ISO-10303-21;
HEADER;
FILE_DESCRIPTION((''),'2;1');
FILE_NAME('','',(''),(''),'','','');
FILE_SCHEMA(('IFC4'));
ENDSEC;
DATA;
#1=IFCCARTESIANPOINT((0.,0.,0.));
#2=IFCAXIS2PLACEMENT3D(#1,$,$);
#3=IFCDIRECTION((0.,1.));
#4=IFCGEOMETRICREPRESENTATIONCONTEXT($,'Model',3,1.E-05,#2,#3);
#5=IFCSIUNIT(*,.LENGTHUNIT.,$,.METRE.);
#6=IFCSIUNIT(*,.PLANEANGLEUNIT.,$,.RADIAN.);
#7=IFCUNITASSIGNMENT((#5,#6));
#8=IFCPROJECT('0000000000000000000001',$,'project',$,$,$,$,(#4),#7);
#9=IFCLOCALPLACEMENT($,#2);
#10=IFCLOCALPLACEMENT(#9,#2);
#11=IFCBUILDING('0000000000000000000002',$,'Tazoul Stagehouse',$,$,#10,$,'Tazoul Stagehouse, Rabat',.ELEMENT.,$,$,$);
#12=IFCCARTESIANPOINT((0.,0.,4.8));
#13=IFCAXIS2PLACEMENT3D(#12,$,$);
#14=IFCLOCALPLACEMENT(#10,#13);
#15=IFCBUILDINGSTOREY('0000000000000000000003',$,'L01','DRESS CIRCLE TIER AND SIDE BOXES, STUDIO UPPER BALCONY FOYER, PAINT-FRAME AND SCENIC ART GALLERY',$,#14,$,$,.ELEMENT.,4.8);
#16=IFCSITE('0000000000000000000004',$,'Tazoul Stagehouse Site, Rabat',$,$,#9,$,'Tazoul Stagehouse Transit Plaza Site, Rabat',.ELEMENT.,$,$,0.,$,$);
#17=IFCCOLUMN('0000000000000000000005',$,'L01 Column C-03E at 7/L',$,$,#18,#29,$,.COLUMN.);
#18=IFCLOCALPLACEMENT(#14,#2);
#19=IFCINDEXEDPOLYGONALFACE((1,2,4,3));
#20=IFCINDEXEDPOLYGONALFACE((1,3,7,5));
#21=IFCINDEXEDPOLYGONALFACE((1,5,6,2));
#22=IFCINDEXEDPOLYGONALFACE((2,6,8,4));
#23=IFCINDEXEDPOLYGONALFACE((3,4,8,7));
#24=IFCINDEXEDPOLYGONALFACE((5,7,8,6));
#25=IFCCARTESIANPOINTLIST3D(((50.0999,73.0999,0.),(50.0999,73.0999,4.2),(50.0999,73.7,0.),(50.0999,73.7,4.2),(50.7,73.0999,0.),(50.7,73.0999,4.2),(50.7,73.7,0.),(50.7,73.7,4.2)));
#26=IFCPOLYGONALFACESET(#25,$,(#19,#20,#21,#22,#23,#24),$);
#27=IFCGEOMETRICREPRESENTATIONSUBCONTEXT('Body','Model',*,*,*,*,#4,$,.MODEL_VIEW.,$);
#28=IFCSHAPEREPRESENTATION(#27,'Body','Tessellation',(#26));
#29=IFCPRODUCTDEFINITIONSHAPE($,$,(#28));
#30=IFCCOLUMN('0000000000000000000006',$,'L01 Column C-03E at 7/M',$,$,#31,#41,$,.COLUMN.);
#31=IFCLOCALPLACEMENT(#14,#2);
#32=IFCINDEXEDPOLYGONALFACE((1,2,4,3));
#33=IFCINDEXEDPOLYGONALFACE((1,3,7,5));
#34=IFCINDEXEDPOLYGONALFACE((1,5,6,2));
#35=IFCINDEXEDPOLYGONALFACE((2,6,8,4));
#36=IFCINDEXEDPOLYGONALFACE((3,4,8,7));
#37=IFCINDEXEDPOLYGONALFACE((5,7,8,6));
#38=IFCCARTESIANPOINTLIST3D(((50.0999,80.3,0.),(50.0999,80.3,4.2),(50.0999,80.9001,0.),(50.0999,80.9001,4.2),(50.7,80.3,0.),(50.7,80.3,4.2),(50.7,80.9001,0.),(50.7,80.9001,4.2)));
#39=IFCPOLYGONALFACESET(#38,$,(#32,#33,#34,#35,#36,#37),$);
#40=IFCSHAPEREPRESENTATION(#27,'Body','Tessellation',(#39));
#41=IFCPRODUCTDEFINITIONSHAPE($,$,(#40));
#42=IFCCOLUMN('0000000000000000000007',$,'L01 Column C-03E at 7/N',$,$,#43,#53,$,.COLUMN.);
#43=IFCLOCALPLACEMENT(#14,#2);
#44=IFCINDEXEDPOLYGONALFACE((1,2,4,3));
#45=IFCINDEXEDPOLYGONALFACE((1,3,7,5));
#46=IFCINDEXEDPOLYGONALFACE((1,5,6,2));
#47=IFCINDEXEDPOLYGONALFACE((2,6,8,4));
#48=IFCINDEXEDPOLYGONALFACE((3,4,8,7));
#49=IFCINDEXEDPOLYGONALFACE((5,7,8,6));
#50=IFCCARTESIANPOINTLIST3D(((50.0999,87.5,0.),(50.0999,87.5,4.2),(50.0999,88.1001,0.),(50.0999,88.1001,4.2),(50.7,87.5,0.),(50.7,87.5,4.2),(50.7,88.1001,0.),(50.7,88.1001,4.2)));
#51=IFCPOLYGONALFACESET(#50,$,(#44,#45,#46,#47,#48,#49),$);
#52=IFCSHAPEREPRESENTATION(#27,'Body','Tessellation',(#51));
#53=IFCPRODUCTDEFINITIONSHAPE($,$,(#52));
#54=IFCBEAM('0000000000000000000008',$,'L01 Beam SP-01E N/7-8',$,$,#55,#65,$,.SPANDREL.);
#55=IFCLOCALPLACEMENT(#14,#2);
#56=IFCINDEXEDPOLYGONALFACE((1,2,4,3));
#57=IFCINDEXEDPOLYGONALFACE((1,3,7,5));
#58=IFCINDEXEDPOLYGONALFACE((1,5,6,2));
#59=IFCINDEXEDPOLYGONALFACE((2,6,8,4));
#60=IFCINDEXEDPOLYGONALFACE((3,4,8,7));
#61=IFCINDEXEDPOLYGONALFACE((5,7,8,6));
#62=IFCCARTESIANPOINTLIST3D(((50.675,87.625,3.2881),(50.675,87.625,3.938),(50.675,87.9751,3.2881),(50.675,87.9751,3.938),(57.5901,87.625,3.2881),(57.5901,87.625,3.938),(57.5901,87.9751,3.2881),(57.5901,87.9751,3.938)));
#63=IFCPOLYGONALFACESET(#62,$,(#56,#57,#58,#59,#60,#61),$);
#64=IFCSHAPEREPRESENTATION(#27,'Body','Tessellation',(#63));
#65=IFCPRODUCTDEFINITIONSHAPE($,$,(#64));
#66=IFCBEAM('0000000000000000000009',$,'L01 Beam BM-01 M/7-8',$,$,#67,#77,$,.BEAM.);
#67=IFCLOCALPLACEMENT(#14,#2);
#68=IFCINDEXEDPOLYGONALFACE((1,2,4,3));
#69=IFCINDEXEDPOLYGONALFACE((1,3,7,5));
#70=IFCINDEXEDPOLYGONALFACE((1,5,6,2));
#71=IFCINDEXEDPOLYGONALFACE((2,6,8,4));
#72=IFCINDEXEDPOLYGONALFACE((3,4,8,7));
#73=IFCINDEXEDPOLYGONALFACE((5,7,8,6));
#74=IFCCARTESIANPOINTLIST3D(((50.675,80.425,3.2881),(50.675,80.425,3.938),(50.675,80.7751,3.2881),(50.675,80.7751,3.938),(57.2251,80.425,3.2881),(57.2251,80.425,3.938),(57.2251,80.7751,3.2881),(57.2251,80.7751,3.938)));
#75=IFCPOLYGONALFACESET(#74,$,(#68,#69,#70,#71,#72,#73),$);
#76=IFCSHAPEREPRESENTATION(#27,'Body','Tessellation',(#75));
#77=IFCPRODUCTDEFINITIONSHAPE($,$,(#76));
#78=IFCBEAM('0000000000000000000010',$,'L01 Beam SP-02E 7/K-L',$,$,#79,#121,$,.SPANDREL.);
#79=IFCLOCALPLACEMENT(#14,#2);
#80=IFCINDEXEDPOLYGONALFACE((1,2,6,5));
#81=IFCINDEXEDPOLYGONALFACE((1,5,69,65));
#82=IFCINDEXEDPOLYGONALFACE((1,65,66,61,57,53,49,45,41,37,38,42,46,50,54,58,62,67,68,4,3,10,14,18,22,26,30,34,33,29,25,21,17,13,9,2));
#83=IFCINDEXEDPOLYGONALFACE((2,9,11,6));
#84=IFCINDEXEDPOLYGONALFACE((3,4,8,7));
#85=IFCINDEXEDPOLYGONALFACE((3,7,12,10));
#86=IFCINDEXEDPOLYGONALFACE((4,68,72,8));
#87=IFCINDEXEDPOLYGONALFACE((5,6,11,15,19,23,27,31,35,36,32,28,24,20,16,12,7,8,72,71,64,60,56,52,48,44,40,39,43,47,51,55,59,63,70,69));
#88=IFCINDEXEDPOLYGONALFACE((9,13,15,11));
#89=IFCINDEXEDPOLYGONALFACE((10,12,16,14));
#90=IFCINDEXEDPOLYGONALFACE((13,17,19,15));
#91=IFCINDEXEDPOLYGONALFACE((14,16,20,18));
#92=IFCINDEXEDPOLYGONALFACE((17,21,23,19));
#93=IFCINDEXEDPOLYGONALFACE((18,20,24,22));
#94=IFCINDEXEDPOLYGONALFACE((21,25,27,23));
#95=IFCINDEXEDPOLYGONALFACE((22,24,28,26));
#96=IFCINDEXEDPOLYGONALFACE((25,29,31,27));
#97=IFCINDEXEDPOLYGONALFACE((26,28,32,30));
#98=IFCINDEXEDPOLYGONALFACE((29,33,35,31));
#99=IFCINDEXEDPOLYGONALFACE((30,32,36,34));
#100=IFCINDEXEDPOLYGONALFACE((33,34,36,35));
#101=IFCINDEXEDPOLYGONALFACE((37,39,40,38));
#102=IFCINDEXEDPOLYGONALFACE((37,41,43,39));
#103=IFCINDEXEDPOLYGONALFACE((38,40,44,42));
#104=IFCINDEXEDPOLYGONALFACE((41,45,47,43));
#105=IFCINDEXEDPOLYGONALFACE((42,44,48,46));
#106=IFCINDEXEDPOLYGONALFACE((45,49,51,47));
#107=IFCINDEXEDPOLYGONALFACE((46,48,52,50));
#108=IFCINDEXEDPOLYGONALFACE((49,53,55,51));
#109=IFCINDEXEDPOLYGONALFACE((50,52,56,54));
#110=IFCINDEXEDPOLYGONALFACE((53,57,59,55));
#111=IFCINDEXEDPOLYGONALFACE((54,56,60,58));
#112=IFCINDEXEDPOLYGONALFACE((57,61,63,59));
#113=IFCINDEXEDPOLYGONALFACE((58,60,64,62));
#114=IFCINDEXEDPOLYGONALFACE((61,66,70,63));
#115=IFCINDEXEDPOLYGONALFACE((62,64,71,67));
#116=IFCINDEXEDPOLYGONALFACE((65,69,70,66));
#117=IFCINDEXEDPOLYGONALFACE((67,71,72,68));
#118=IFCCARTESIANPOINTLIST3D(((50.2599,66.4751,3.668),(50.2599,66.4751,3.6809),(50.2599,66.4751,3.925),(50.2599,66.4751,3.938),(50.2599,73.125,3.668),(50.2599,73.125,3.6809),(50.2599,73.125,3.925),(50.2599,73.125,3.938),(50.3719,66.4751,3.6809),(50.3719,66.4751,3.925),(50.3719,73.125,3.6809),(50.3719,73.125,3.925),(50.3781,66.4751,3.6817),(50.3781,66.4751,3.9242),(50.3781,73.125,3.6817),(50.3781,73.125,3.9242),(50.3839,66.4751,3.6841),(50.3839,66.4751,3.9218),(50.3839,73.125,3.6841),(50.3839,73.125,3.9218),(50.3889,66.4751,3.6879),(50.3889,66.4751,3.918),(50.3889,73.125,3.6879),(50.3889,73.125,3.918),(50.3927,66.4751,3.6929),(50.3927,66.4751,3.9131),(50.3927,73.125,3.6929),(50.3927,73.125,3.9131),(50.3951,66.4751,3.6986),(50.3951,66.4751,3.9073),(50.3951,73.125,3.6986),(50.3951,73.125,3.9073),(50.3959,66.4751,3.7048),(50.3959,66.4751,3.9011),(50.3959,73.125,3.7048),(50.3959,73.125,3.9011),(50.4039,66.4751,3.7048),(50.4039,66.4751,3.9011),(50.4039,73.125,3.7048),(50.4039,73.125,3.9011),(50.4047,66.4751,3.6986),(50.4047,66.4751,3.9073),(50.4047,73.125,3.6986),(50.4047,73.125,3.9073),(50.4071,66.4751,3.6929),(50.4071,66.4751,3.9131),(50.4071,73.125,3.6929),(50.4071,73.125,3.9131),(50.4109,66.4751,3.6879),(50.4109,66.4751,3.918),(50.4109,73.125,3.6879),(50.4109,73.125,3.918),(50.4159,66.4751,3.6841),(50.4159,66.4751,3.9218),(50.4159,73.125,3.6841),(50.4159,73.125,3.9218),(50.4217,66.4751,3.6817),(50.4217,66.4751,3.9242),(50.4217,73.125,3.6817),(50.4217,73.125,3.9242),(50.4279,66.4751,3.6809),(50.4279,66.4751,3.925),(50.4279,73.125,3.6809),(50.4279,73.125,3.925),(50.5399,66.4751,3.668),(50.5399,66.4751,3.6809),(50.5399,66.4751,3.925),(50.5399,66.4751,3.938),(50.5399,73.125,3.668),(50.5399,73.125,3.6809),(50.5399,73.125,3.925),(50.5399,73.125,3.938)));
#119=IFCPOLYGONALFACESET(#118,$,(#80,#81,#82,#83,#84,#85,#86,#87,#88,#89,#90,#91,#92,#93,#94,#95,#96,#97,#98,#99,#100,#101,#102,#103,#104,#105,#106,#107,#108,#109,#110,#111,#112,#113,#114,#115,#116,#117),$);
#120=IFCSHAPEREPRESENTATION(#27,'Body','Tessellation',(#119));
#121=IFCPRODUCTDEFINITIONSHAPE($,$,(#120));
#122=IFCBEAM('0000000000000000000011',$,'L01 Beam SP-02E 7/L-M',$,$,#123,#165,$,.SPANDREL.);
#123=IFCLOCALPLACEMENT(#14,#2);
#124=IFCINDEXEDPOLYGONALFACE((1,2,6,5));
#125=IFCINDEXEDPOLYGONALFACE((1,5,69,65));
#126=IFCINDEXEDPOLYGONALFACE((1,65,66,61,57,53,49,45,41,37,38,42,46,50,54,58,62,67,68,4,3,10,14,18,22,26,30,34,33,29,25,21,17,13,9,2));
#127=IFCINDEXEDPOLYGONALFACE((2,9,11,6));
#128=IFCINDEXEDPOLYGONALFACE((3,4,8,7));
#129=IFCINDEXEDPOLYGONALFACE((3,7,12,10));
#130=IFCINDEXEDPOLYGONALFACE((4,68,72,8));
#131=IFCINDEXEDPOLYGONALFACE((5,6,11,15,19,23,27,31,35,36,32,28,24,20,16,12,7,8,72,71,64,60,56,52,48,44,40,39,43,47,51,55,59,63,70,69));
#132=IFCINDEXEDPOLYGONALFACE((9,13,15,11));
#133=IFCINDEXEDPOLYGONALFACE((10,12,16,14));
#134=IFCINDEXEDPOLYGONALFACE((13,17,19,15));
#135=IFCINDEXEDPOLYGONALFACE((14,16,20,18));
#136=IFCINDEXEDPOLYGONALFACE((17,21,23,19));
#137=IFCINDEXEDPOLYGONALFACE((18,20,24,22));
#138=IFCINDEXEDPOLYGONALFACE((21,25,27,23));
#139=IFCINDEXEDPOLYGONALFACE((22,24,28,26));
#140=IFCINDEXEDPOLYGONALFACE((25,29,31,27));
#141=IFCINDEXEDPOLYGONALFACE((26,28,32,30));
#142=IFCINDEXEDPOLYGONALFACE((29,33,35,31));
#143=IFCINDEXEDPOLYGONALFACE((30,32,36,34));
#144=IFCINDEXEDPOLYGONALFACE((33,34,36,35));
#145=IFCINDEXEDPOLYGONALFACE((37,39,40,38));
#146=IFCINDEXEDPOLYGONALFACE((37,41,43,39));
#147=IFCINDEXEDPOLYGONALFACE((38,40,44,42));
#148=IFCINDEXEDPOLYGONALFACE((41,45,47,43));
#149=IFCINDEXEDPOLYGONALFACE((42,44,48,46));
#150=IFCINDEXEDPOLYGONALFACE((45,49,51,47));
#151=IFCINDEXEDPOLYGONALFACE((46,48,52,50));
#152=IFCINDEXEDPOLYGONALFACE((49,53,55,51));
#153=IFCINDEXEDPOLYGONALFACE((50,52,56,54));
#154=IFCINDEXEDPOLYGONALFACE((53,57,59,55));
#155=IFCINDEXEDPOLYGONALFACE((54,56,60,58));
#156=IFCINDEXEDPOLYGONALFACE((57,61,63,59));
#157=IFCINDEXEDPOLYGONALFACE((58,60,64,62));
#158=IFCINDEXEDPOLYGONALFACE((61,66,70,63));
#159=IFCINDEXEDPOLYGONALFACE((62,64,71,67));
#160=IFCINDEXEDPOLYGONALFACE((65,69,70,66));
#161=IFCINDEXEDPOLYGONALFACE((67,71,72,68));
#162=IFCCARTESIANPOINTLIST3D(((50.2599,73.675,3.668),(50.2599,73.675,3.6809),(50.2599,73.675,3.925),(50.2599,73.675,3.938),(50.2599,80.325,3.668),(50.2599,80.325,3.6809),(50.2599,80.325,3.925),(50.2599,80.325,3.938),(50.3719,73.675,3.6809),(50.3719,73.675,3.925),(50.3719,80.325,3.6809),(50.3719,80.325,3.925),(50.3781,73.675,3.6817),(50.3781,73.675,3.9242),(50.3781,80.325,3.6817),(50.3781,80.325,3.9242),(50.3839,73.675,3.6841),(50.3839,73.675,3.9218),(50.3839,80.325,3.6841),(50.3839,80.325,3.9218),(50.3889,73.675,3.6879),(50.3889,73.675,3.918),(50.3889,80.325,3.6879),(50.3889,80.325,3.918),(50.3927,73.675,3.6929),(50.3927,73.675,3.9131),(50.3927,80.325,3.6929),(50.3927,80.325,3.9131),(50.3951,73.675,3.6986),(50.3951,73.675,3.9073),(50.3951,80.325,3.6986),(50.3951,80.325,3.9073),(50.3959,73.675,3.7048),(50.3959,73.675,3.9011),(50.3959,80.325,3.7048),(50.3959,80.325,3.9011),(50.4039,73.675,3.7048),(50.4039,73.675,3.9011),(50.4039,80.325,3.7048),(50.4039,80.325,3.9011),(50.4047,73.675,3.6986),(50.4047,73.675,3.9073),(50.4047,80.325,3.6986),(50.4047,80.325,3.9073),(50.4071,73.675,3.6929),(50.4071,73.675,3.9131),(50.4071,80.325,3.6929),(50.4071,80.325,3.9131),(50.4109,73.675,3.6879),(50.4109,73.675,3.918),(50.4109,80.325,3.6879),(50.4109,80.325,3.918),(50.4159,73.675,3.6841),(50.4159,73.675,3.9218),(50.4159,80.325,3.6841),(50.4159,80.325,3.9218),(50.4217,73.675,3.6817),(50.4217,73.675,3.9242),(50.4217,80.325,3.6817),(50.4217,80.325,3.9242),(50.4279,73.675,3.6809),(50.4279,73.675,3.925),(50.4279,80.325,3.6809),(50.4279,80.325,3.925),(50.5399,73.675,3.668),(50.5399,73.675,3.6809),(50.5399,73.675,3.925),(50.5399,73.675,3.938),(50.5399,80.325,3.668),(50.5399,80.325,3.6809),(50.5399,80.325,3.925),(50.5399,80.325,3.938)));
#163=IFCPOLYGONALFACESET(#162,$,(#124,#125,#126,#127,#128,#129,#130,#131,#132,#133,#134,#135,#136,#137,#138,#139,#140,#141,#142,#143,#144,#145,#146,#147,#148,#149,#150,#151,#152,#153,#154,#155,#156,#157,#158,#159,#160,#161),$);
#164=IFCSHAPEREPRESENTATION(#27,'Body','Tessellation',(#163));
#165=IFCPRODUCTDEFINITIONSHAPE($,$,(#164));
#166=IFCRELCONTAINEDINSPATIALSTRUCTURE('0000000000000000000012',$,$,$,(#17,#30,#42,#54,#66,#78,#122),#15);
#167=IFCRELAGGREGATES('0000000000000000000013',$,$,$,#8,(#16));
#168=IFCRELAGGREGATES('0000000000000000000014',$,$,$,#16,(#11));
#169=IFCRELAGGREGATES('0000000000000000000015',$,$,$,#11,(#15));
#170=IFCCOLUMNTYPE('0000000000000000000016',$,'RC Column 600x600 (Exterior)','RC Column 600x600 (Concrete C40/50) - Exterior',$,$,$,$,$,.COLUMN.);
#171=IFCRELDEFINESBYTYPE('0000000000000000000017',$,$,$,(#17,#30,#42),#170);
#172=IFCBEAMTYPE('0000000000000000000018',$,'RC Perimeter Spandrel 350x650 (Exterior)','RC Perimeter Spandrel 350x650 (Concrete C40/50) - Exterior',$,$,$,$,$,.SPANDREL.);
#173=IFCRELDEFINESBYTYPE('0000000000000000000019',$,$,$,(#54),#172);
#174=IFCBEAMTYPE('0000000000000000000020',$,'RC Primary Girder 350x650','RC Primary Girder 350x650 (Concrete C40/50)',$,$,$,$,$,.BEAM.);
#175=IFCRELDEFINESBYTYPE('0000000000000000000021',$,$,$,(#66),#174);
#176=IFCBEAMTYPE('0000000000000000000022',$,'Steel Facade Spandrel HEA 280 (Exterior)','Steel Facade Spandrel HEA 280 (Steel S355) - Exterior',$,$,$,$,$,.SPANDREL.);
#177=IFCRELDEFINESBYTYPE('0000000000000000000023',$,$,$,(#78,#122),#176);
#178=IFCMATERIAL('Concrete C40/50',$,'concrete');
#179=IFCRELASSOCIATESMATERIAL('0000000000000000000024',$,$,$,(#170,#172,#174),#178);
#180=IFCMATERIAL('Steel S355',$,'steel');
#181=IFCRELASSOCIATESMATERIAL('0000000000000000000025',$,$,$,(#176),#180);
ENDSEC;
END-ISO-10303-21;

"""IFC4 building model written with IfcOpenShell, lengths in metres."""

from ifc_helpers import new_model, si_unit, direction, frame, origin, origin_2d, place, context, subcontext, project, spatial, rectangle, i_section, extrude, material, material_profile, profile_set, type_object, element, save


model = new_model("IFC4")

# Units and contexts
model_context = context("Model", 3, precision=1e-05, world=origin(), true_north=direction((0.0, 1.0)))
body_context = subcontext(model_context, "Body", "Model", "MODEL_VIEW")
ifc_project = project(units=[si_unit("LENGTHUNIT", "METRE"), si_unit("PLANEANGLEUNIT", "RADIAN")], contexts=[model_context])

# Site, building, storey
site_placement = place(None, origin())
site = spatial("IfcSite", under=ifc_project, at=site_placement, Name="Tazoul Stagehouse Site, Rabat", LongName="Tazoul Stagehouse Transit Plaza Site, Rabat", CompositionType="ELEMENT", RefElevation=0.0)
building_placement = place(site_placement, origin())
building = spatial("IfcBuilding", under=site, at=building_placement, Name="Tazoul Stagehouse", LongName="Tazoul Stagehouse, Rabat", CompositionType="ELEMENT")
storey_placement = place(building_placement, frame((0.0, 0.0, 4.8)))
storey = spatial("IfcBuildingStorey", under=building, at=storey_placement, Name="L01", Description="DRESS CIRCLE TIER AND SIDE BOXES, STUDIO UPPER BALCONY FOYER, PAINT-FRAME AND SCENIC ART GALLERY", CompositionType="ELEMENT", Elevation=4.8)

# Columns
ifc_material_1 = material(Name="Concrete C40/50", Category="concrete")
ifc_material_profile_1 = material_profile(ifc_material_1, rectangle(XDim=0.6001, YDim=0.6001, at=origin_2d()), Name="RC 600x600")
ifc_profile_set_1 = profile_set([ifc_material_profile_1], Name="Concrete C40/50")
column_type = type_object("IfcColumnType", Name="RC Column 600x600 (Exterior)", Description="RC Column 600x600 (Concrete C40/50) - Exterior", PredefinedType="COLUMN", material=ifc_profile_set_1)
for number, where, z_axis, x_axis, name in (
    (1, (50.3999, 73.3999, 0.0), (0.0, 0.0, 1.0), (1.0, 0.0, 0.0), "L01 Column C-03E at 7/L"),
    (2, (50.3999, 80.6001, 0.0), (0.0, 0.0, 1.0), (1.0, 0.0, 0.0), "L01 Column C-03E at 7/M"),
    (3, (50.3999, 87.8, 0.0), (0.0, 0.0, 1.0), (1.0, 0.0, 0.0), "L01 Column C-03E at 7/N"),
):
    element("IfcColumn", number, at=place(storey_placement, frame(where, z_axis=z_axis, x_axis=x_axis)), inside=storey, type_object=column_type, Name=name, PredefinedType="COLUMN", context=body_context, shape_type="SweptSolid", body=[
        extrude(rectangle(XDim=0.6001, YDim=0.6001, at=origin_2d()), origin(), (0.0, 0.0, 1.0), 4.2),
    ])

# Beams
ifc_material_profile_2 = material_profile(ifc_material_1, rectangle(XDim=0.3501, YDim=0.6499, at=origin_2d()), Name="RC 350x650")
ifc_profile_set_2 = profile_set([ifc_material_profile_2], Name="Concrete C40/50")
beam_type_1 = type_object("IfcBeamType", Name="RC Perimeter Spandrel 350x650 (Exterior)", Description="RC Perimeter Spandrel 350x650 (Concrete C40/50) - Exterior", PredefinedType="SPANDREL", material=ifc_profile_set_2)
beam_1_placement = place(storey_placement, frame((50.675, 87.8, 3.613), z_axis=(1.0, 0.0, 0.0), x_axis=(0.0, 1.0, 0.0)))
element("IfcBeam", 4, at=beam_1_placement, inside=storey, type_object=beam_type_1, Name="L01 Beam SP-01E N/7-8", PredefinedType="SPANDREL", context=body_context, shape_type="SweptSolid", body=[
    extrude(rectangle(XDim=0.3501, YDim=0.6499, at=origin_2d()), origin(), (0.0, 0.0, 1.0), 6.915),
])
ifc_material_profile_3 = material_profile(ifc_material_1, rectangle(XDim=0.3501, YDim=0.6499, at=origin_2d()), Name="RC 350x650")
ifc_profile_set_3 = profile_set([ifc_material_profile_3], Name="Concrete C40/50")
beam_type_2 = type_object("IfcBeamType", Name="RC Primary Girder 350x650", Description="RC Primary Girder 350x650 (Concrete C40/50)", PredefinedType="BEAM", material=ifc_profile_set_3)
beam_2_placement = place(storey_placement, frame((50.675, 80.6001, 3.613), z_axis=(1.0, 0.0, 0.0), x_axis=(0.0, 1.0, 0.0)))
element("IfcBeam", 5, at=beam_2_placement, inside=storey, type_object=beam_type_2, Name="L01 Beam BM-01 M/7-8", PredefinedType="BEAM", context=body_context, shape_type="SweptSolid", body=[
    extrude(rectangle(XDim=0.3501, YDim=0.6499, at=origin_2d()), origin(), (0.0, 0.0, 1.0), 6.55),
])
ifc_material_2 = material(Name="Steel S355", Category="steel")
ifc_material_profile_4 = material_profile(ifc_material_2, i_section(OverallWidth=0.28, OverallDepth=0.27, WebThickness=0.0081, FlangeThickness=0.0129, FilletRadius=0.0239, at=origin_2d()), Name="HEA 280")
ifc_profile_set_4 = profile_set([ifc_material_profile_4], Name="Steel S355")
beam_type_3 = type_object("IfcBeamType", Name="Steel Facade Spandrel HEA 280 (Exterior)", Description="Steel Facade Spandrel HEA 280 (Steel S355) - Exterior", PredefinedType="SPANDREL", material=ifc_profile_set_4)
for number, where, z_axis, x_axis, name in (
    (6, (50.3999, 66.4751, 3.803), (0.0, 1.0, 0.0), (-1.0, 0.0, 0.0), "L01 Beam SP-02E 7/K-L"),
    (7, (50.3999, 73.675, 3.803), (0.0, 1.0, 0.0), (-1.0, 0.0, 0.0), "L01 Beam SP-02E 7/L-M"),
):
    element("IfcBeam", number, at=place(storey_placement, frame(where, z_axis=z_axis, x_axis=x_axis)), inside=storey, type_object=beam_type_3, Name=name, PredefinedType="SPANDREL", context=body_context, shape_type="SweptSolid", body=[
        extrude(i_section(OverallWidth=0.28, OverallDepth=0.27, WebThickness=0.0081, FlangeThickness=0.0129, FilletRadius=0.0239, at=origin_2d()), origin(), (0.0, 0.0, 1.0), 6.6499),
    ])

save(model, "model.ifc")
